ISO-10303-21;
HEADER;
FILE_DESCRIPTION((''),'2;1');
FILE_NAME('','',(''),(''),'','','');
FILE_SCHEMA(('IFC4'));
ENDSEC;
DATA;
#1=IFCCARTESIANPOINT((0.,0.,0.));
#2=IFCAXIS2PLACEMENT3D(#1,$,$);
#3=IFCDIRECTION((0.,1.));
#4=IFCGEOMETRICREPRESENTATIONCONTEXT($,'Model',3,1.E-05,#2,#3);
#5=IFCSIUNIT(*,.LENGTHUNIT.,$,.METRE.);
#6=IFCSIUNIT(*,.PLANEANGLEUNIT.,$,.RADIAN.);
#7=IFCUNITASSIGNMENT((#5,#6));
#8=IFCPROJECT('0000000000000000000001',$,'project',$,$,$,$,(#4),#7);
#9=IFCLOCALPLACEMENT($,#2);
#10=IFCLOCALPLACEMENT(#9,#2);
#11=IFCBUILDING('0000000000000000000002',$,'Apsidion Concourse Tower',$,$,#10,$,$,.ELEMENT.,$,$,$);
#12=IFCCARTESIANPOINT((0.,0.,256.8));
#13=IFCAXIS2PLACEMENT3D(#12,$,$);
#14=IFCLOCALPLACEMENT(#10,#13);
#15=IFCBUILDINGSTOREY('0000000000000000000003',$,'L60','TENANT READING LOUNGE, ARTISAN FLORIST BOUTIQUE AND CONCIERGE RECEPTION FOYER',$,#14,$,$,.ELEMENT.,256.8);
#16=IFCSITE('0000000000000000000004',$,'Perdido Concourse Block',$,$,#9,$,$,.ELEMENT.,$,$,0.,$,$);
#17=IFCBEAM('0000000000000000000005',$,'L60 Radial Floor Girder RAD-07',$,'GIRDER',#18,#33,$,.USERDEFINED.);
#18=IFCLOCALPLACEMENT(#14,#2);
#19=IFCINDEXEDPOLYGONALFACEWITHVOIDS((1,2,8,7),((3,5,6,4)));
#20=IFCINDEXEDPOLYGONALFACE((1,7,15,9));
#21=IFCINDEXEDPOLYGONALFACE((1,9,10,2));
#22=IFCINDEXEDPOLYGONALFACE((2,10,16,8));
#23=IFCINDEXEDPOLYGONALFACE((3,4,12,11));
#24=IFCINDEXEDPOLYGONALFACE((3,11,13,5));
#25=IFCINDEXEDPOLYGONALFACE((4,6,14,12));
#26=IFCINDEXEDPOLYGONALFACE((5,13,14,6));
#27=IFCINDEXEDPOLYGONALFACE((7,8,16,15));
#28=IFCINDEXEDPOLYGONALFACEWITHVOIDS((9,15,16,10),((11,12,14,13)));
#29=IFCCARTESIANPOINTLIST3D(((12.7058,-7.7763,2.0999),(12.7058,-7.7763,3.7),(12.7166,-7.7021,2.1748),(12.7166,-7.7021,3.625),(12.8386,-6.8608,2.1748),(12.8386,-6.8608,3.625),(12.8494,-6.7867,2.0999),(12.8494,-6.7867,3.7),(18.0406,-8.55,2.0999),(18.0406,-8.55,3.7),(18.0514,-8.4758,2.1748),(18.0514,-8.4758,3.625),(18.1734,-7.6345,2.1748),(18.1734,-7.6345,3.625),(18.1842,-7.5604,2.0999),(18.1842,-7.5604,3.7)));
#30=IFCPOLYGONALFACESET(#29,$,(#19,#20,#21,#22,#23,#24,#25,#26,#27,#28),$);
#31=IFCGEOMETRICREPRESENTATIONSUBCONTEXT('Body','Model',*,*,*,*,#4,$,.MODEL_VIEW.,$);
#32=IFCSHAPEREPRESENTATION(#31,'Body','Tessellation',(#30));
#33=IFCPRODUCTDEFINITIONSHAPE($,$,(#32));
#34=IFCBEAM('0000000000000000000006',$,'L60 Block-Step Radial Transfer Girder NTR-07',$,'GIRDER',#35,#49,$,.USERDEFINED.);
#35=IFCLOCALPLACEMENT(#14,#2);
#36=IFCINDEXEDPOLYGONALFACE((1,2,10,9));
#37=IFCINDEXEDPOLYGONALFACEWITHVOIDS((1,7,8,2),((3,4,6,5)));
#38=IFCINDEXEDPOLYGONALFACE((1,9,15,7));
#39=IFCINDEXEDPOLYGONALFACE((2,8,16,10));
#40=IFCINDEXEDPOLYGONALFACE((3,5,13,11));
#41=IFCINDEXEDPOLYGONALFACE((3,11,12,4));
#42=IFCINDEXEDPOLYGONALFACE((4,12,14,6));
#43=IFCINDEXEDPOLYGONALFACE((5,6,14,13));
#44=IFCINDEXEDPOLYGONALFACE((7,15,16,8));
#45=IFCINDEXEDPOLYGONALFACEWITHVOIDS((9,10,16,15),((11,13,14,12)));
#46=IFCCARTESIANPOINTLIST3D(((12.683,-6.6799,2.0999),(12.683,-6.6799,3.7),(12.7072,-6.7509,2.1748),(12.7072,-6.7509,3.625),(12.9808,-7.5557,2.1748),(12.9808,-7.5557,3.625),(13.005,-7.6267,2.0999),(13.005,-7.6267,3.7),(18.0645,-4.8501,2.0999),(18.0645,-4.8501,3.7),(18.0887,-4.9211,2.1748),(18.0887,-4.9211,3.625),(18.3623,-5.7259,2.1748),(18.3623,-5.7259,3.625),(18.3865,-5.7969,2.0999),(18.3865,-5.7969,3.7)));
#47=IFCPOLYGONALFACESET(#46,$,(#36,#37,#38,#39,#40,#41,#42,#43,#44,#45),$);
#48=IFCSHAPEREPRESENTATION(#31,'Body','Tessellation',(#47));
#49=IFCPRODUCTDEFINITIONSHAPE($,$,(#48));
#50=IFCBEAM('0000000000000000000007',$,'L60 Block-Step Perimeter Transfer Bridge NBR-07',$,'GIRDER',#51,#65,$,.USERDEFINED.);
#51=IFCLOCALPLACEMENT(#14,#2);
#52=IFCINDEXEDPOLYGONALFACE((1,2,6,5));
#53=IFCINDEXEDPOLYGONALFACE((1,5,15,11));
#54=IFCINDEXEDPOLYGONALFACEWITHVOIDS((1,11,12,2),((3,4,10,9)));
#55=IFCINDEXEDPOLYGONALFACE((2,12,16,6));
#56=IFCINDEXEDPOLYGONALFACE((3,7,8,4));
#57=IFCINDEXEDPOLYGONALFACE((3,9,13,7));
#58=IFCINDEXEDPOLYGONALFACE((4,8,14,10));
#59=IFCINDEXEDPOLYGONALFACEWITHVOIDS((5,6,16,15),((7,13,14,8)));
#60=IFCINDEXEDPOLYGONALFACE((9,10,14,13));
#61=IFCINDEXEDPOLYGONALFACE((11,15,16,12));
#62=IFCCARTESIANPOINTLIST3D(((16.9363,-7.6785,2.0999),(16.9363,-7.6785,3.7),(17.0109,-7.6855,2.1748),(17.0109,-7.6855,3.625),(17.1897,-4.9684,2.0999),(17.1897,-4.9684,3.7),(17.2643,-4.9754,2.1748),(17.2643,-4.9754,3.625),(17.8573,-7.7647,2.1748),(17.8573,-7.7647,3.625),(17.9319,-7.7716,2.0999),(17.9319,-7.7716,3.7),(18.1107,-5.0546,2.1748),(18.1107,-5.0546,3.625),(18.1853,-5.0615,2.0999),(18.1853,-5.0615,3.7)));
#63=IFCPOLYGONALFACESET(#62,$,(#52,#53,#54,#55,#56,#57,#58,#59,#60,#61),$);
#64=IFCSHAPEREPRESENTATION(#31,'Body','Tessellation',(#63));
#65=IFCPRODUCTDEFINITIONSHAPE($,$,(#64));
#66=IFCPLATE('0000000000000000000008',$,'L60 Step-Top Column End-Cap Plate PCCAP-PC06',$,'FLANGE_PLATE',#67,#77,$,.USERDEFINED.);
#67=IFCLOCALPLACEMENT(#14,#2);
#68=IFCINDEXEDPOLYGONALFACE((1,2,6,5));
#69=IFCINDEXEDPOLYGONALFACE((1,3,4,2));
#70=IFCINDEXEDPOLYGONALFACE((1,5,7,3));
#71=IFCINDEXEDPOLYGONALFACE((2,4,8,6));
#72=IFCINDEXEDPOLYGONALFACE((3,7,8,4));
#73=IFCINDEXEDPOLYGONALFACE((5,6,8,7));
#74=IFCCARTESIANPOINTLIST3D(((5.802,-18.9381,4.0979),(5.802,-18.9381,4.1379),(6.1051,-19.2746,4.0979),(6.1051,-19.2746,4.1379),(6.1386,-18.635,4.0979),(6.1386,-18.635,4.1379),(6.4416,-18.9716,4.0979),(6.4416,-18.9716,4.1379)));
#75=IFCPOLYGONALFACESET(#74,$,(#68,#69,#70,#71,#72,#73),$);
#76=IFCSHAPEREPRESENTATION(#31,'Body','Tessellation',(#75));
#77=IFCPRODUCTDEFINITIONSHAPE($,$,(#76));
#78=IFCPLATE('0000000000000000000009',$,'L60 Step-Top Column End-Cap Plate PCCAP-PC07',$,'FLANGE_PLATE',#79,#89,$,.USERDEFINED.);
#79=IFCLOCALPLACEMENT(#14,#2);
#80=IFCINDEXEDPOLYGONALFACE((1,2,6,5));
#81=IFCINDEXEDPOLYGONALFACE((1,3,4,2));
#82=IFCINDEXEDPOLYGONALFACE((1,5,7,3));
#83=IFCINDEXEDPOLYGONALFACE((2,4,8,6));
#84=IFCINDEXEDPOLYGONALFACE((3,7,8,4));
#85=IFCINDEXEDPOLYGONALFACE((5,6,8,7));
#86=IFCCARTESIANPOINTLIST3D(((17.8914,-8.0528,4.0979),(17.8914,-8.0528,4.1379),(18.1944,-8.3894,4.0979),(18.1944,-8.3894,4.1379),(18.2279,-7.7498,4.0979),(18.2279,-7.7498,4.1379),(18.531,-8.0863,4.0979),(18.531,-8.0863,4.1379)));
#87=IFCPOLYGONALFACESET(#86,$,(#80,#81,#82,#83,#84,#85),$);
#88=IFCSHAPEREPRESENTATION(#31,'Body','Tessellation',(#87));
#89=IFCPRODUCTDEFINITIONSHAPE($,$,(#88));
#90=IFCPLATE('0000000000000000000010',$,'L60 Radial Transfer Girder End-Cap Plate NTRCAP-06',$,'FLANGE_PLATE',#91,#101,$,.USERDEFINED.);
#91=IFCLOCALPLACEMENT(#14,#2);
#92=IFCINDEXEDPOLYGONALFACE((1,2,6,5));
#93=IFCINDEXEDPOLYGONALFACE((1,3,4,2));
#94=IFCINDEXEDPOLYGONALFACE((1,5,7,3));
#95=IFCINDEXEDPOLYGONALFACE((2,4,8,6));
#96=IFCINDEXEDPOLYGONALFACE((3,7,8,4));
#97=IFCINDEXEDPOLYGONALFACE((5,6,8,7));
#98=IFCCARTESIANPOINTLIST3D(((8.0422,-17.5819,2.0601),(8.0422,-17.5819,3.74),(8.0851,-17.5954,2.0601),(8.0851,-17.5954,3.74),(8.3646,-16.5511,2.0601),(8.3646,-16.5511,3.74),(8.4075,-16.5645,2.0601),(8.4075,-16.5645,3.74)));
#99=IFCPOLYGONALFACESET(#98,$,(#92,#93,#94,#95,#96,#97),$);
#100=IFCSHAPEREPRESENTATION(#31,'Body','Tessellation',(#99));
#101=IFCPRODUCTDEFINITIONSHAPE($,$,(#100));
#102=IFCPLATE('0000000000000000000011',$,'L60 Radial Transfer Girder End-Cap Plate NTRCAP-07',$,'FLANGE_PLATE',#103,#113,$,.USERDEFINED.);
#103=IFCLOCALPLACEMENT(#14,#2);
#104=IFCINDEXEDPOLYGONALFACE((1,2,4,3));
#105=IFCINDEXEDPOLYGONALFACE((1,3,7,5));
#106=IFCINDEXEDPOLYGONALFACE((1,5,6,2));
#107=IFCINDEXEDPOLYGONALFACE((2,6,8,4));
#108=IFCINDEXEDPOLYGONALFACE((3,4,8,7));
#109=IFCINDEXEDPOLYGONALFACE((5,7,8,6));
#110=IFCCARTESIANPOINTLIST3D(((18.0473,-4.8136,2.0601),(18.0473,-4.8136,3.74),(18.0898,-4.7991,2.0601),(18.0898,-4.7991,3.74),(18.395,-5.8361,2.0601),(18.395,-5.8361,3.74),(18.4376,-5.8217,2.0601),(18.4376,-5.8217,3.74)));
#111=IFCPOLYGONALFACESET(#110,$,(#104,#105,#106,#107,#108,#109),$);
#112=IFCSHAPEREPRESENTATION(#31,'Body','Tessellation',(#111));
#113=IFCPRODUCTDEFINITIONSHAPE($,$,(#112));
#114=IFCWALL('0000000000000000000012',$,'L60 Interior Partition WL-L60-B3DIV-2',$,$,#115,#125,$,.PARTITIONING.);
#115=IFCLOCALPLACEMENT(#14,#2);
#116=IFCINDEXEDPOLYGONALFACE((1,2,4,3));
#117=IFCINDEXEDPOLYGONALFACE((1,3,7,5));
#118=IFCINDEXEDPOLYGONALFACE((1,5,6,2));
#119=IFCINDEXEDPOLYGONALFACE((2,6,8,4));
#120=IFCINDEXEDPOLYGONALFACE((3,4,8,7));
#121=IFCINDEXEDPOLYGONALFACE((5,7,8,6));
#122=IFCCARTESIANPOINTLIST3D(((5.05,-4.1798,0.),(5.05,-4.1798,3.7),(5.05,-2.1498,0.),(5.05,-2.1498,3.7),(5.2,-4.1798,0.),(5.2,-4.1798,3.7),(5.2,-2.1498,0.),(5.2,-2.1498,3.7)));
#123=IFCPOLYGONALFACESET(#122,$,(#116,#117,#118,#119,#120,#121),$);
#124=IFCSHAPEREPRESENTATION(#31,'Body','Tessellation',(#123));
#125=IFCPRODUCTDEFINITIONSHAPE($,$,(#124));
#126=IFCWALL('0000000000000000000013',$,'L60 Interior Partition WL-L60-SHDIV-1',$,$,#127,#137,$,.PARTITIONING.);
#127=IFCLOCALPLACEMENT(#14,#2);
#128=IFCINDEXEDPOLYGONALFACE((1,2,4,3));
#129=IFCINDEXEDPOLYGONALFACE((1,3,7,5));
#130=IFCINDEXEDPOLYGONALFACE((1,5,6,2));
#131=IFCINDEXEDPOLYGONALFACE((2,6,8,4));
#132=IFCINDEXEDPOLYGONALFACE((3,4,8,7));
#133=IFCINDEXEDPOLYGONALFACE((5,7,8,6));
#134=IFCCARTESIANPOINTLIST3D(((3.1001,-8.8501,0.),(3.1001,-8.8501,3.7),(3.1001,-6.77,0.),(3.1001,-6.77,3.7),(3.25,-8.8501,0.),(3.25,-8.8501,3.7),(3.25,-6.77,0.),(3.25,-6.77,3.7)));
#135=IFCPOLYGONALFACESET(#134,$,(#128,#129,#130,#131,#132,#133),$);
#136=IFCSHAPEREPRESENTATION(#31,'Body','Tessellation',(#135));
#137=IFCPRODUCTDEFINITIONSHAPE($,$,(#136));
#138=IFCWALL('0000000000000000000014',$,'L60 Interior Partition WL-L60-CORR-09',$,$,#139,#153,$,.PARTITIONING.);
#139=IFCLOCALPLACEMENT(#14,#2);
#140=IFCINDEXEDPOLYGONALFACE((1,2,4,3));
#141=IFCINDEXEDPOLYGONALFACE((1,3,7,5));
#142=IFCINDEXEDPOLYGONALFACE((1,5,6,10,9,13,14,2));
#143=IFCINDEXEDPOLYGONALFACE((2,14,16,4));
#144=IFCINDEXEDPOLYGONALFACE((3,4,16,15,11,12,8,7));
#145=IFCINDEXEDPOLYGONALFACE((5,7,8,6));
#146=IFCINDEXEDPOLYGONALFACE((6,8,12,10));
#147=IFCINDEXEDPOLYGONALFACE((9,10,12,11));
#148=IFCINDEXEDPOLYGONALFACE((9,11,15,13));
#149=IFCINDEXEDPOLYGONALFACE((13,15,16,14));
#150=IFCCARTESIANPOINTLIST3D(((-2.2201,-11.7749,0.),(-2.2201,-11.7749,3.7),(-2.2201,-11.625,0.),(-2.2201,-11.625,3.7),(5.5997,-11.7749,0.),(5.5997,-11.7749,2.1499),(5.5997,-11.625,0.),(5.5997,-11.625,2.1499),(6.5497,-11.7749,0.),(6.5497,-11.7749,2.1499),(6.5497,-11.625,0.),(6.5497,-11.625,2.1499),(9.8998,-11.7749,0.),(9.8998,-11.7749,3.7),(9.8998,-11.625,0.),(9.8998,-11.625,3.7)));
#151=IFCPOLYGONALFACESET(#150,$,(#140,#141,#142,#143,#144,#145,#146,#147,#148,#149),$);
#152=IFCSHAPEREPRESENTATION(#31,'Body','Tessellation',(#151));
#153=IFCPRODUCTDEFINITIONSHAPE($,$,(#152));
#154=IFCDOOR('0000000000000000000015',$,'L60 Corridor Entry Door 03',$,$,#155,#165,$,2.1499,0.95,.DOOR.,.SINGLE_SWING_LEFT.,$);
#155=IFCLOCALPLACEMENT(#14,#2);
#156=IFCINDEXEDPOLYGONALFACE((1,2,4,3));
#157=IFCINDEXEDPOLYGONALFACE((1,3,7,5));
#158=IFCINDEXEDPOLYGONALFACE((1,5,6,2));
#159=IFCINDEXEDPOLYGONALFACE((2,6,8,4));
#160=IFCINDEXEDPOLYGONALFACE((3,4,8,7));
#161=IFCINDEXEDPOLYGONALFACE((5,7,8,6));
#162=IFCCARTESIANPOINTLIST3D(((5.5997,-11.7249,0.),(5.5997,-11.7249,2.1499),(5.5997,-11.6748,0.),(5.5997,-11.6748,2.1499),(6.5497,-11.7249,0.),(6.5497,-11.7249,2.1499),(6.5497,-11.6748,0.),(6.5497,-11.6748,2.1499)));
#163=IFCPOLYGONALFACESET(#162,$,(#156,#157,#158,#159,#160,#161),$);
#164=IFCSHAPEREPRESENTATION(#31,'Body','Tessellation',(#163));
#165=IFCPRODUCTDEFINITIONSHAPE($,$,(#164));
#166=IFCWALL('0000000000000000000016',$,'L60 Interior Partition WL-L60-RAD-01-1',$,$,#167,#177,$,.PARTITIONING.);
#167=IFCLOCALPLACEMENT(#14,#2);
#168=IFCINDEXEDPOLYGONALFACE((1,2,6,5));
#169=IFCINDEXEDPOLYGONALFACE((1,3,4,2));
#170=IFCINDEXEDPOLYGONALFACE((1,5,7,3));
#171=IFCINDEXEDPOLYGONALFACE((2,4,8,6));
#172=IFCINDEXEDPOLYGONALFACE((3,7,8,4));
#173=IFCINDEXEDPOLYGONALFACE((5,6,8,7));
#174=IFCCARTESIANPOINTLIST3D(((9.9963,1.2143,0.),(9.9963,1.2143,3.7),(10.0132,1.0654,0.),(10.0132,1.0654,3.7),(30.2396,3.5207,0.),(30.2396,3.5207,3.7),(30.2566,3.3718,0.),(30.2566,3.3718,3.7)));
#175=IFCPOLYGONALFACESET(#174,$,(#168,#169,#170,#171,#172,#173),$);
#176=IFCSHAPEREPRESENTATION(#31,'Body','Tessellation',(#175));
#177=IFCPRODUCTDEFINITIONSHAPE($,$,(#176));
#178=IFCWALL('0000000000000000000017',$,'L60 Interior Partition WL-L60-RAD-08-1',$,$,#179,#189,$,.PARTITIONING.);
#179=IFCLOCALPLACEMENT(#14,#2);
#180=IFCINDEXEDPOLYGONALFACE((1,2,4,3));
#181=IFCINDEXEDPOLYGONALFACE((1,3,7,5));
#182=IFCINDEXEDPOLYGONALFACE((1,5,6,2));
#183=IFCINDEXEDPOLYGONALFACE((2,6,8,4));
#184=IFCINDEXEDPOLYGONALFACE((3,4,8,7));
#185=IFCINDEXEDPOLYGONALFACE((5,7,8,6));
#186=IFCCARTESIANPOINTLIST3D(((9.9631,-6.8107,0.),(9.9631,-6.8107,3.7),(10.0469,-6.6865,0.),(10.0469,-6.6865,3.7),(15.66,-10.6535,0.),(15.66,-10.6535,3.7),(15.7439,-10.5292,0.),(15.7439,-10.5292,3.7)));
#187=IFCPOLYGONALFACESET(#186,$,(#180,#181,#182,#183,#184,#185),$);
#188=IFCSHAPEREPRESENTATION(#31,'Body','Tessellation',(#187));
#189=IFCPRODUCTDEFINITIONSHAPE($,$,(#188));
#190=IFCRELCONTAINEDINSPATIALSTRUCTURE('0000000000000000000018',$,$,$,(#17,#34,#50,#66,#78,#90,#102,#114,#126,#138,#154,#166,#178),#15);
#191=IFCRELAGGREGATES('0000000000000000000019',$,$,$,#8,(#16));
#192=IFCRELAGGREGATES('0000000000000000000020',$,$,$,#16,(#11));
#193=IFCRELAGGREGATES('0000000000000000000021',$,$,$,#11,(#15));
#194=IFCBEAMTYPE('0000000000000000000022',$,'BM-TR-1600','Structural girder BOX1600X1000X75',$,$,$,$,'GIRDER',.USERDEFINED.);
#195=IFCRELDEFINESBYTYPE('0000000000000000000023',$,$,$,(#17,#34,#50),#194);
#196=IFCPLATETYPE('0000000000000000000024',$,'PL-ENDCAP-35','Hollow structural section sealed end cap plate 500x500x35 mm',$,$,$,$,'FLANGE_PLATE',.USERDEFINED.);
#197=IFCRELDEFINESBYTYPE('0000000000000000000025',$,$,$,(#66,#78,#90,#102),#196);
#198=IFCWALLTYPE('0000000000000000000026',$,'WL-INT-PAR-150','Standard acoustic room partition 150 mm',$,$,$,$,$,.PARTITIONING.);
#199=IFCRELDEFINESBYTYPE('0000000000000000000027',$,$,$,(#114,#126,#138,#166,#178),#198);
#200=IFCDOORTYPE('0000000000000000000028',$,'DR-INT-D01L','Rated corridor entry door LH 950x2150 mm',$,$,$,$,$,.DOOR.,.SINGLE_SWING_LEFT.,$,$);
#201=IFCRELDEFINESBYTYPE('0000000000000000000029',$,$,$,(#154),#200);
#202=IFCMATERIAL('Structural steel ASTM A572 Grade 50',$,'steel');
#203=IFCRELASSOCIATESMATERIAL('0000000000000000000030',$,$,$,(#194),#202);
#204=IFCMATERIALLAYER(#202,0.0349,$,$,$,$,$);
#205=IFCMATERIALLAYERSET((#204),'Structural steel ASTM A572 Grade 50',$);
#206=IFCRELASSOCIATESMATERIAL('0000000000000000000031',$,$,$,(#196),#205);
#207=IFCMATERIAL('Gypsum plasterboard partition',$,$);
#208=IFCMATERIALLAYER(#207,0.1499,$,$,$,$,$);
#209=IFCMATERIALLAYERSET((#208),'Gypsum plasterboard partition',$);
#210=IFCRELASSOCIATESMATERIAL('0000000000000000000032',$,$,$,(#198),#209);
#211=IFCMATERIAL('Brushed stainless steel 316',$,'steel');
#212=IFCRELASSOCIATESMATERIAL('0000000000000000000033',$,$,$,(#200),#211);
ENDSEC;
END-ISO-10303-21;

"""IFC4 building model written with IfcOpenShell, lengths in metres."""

from ifc_helpers import new_model, si_unit, direction, frame, frame_2d, origin, origin_2d, place, context, subcontext, project, spatial, rectangle, hollow_rectangle, extrude, material, layer, layer_set, material_profile, profile_set, type_object, element, fill, save


model = new_model("IFC4")

# Units and contexts
model_context = context("Model", 3, precision=1e-05, world=origin(), true_north=direction((0.0, 1.0)))
body_context = subcontext(model_context, "Body", "Model", "MODEL_VIEW")
ifc_project = project(units=[si_unit("LENGTHUNIT", "METRE"), si_unit("PLANEANGLEUNIT", "RADIAN")], contexts=[model_context])

# Site, building, storey
site_placement = place(None, origin())
site = spatial("IfcSite", under=ifc_project, at=site_placement, Name="Perdido Concourse Block", CompositionType="ELEMENT", RefElevation=0.0)
building_placement = place(site_placement, origin())
building = spatial("IfcBuilding", under=site, at=building_placement, Name="Apsidion Concourse Tower", CompositionType="ELEMENT")
storey_placement = place(building_placement, frame((0.0, 0.0, 256.8)))
storey = spatial("IfcBuildingStorey", under=building, at=storey_placement, Name="L60", Description="TENANT READING LOUNGE, ARTISAN FLORIST BOUTIQUE AND CONCIERGE RECEPTION FOYER", CompositionType="ELEMENT", Elevation=256.8)

# Beams
ifc_material_1 = material(Name="Structural steel ASTM A572 Grade 50", Category="steel")
ifc_material_profile_1 = material_profile(ifc_material_1, hollow_rectangle(XDim=1.0, YDim=1.6001, WallThickness=0.075, at=origin_2d()), Name="BOX1600X1000X75")
ifc_profile_set_1 = profile_set([ifc_material_profile_1], Name="Structural steel ASTM A572 Grade 50")
beam_type_1 = type_object("IfcBeamType", Name="BM-TR-1600", Description="Structural girder BOX1600X1000X75", ElementType="GIRDER", PredefinedType="USERDEFINED", material=ifc_profile_set_1)
beam_1_placement = place(storey_placement, frame((12.7776, -7.2815, 2.8999), z_axis=(0.989647, -0.143526, 0.0), x_axis=(0.143526, 0.989647, 0.0)))
element("IfcBeam", 1, at=beam_1_placement, inside=storey, type_object=beam_type_1, Name="L60 Radial Floor Girder RAD-07", ObjectType="GIRDER", PredefinedType="USERDEFINED", context=body_context, shape_type="SweptSolid", body=[
    extrude(hollow_rectangle(XDim=1.0, YDim=1.6001, WallThickness=0.075, at=origin_2d()), origin(), (0.0, 0.0, 1.0), 5.3906),
])
beam_2_placement = place(storey_placement, frame((12.844, -7.1533, 2.8999), z_axis=(0.946768, 0.321917, 0.0), x_axis=(-0.321917, 0.946768, 0.0)))
element("IfcBeam", 2, at=beam_2_placement, inside=storey, type_object=beam_type_1, Name="L60 Block-Step Radial Transfer Girder NTR-07", ObjectType="GIRDER", PredefinedType="USERDEFINED", context=body_context, shape_type="SweptSolid", body=[
    extrude(hollow_rectangle(XDim=1.0, YDim=1.6001, WallThickness=0.075, at=origin_2d()), origin(), (0.0, 0.0, 1.0), 5.6841),
])
beam_3_placement = place(storey_placement, frame((17.4341, -7.7251, 2.8999), z_axis=(0.093099, 0.995657, 0.0), x_axis=(-0.995657, 0.093099, 0.0)))
element("IfcBeam", 3, at=beam_3_placement, inside=storey, type_object=beam_type_1, Name="L60 Block-Step Perimeter Transfer Bridge NBR-07", ObjectType="GIRDER", PredefinedType="USERDEFINED", context=body_context, shape_type="SweptSolid", body=[
    extrude(hollow_rectangle(XDim=1.0, YDim=1.6001, WallThickness=0.075, at=origin_2d()), origin(), (0.0, 0.0, 1.0), 2.7219),
])

# Plates
ifc_layer_1 = layer(ifc_material_1, 0.0349)
ifc_layer_set_1 = layer_set([ifc_layer_1], Name="Structural steel ASTM A572 Grade 50")
plate_type = type_object("IfcPlateType", Name="PL-ENDCAP-35", Description="Hollow structural section sealed end cap plate 500x500x35 mm", ElementType="FLANGE_PLATE", PredefinedType="USERDEFINED", material=ifc_layer_set_1)
for number, where, z_axis, x_axis, name in (
    (4, (6.1218, -18.9548, 4.0979), (0.0, 0.0, 1.0), (0.743145, 0.669131, 0.0), "L60 Step-Top Column End-Cap Plate PCCAP-PC06"),
    (5, (18.2112, -8.0696, 4.0979), (0.0, 0.0, 1.0), (0.743145, 0.669131, 0.0), "L60 Step-Top Column End-Cap Plate PCCAP-PC07"),
):
    element("IfcPlate", number, at=place(storey_placement, frame(where, z_axis=z_axis, x_axis=x_axis)), inside=storey, type_object=plate_type, Name=name, ObjectType="FLANGE_PLATE", PredefinedType="USERDEFINED", context=body_context, shape_type="SweptSolid", body=[
        extrude(rectangle(XDim=0.4529, YDim=0.4529, at=origin_2d()), origin(), (0.0, 0.0, 1.0), 0.04),
    ])
for number, where, z_axis, x_axis, name in (
    (6, (8.2249, -17.0732, 2.0601), (0.0, 0.0, 1.0), (0.954397, -0.298541, 0.0), "L60 Radial Transfer Girder End-Cap Plate NTRCAP-06"),
    (7, (18.2424, -5.3176, 2.0601), (0.0, 0.0, 1.0), (0.946762, 0.321935, 0.0), "L60 Radial Transfer Girder End-Cap Plate NTRCAP-07"),
):
    element("IfcPlate", number, at=place(storey_placement, frame(where, z_axis=z_axis, x_axis=x_axis)), inside=storey, type_object=plate_type, Name=name, ObjectType="FLANGE_PLATE", PredefinedType="USERDEFINED", context=body_context, shape_type="SweptSolid", body=[
        extrude(rectangle(XDim=0.0449, YDim=1.0801, at=origin_2d()), origin(), (0.0, 0.0, 1.0), 1.6799),
    ])

# Walls
ifc_material_2 = material(Name="Gypsum plasterboard partition")
ifc_layer_2 = layer(ifc_material_2, 0.1499)
ifc_layer_set_2 = layer_set([ifc_layer_2], Name="Gypsum plasterboard partition")
wall_type_1 = type_object("IfcWallType", Name="WL-INT-PAR-150", Description="Standard acoustic room partition 150 mm", PredefinedType="PARTITIONING", material=ifc_layer_set_2)
wall_1_placement = place(storey_placement, frame((5.125, -4.1799, 0.0), z_axis=(0.0, 0.0, 1.0), x_axis=(0.0, 1.0, 0.0)))
element("IfcWall", 8, at=wall_1_placement, inside=storey, type_object=wall_type_1, Name="L60 Interior Partition WL-L60-B3DIV-2", PredefinedType="PARTITIONING", context=body_context, shape_type="SweptSolid", body=[
    extrude(rectangle(XDim=2.03, YDim=0.1499, at=frame_2d((1.0151, 0.0))), origin(), (0.0, 0.0, 1.0), 3.7),
])
wall_2_placement = place(storey_placement, frame((3.175, -8.8501, 0.0), z_axis=(0.0, 0.0, 1.0), x_axis=(0.0, 1.0, 0.0)))
element("IfcWall", 9, at=wall_2_placement, inside=storey, type_object=wall_type_1, Name="L60 Interior Partition WL-L60-SHDIV-1", PredefinedType="PARTITIONING", context=body_context, shape_type="SweptSolid", body=[
    extrude(rectangle(XDim=2.0801, YDim=0.1499, at=frame_2d((1.04, 0.0))), origin(), (0.0, 0.0, 1.0), 3.7),
])

# Wall, opening, door
wall_3_placement = place(storey_placement, frame((9.8999, -11.7, 0.0), z_axis=(0.0, 0.0, 1.0), x_axis=(-1.0, 0.0, 0.0)))
wall_3 = element("IfcWall", 10, at=wall_3_placement, inside=storey, type_object=wall_type_1, Name="L60 Interior Partition WL-L60-CORR-09", PredefinedType="PARTITIONING", context=body_context, shape_type="SweptSolid", body=[
    extrude(rectangle(XDim=12.1199, YDim=0.1499, at=frame_2d((6.0601, 0.0))), origin(), (0.0, 0.0, 1.0), 3.7),
])
opening_1_placement = place(wall_3_placement, frame((3.3501, 0.0, 0.0)))
opening_1 = element("IfcOpeningElement", 11, at=opening_1_placement, cuts=wall_3, PredefinedType="OPENING", context=body_context, shape_type="SweptSolid", body=[
    extrude(rectangle(XDim=0.95, YDim=2.1499, at=frame_2d((0.4751, 1.075))), frame((0.0, 0.085, 0.0), z_axis=(0.0, -1.0, 0.0), x_axis=(1.0, 0.0, 0.0)), (0.0, 0.0, 1.0), 0.1699),
])
ifc_material_3 = material(Name="Brushed stainless steel 316", Category="steel")
door_type_1 = type_object("IfcDoorType", Name="DR-INT-D01L", Description="Rated corridor entry door LH 950x2150 mm", OperationType="SINGLE_SWING_LEFT", PredefinedType="DOOR", material=ifc_material_3)
door_1_placement = place(opening_1_placement, origin())
door_1 = element("IfcDoor", 12, at=door_1_placement, inside=storey, type_object=door_type_1, Name="L60 Corridor Entry Door 03", OperationType="SINGLE_SWING_LEFT", OverallHeight=2.1499, OverallWidth=0.95, PredefinedType="DOOR", context=body_context, shape_type="SweptSolid", body=[
    extrude(rectangle(XDim=0.95, YDim=2.1499, at=frame_2d((0.4751, 1.075))), frame((0.0, 0.0249, 0.0), z_axis=(0.0, -1.0, 0.0), x_axis=(1.0, 0.0, 0.0)), (0.0, 0.0, 1.0), 0.05),
])
fill(opening_1, door_1)

# Walls
wall_4_placement = place(storey_placement, frame((10.0049, 1.1399, 0.0), z_axis=(0.0, 0.0, 1.0), x_axis=(0.993572, 0.113201, 0.0)))
element("IfcWall", 13, at=wall_4_placement, inside=storey, type_object=wall_type_1, Name="L60 Interior Partition WL-L60-RAD-01-1", PredefinedType="PARTITIONING", context=body_context, shape_type="SweptSolid", body=[
    extrude(rectangle(XDim=20.3743, YDim=0.1499, at=frame_2d((10.187, 0.0))), origin(), (0.0, 0.0, 1.0), 3.7),
])
wall_5_placement = place(storey_placement, frame((10.0049, -6.7485, 0.0), z_axis=(0.0, 0.0, 1.0), x_axis=(0.829032, -0.559201, 0.0)))
element("IfcWall", 14, at=wall_5_placement, inside=storey, type_object=wall_type_1, Name="L60 Interior Partition WL-L60-RAD-08-1", PredefinedType="PARTITIONING", context=body_context, shape_type="SweptSolid", body=[
    extrude(rectangle(XDim=6.8718, YDim=0.1499, at=frame_2d((3.436, 0.0))), origin(), (0.0, 0.0, 1.0), 3.7),
])

save(model, "model.ifc")
